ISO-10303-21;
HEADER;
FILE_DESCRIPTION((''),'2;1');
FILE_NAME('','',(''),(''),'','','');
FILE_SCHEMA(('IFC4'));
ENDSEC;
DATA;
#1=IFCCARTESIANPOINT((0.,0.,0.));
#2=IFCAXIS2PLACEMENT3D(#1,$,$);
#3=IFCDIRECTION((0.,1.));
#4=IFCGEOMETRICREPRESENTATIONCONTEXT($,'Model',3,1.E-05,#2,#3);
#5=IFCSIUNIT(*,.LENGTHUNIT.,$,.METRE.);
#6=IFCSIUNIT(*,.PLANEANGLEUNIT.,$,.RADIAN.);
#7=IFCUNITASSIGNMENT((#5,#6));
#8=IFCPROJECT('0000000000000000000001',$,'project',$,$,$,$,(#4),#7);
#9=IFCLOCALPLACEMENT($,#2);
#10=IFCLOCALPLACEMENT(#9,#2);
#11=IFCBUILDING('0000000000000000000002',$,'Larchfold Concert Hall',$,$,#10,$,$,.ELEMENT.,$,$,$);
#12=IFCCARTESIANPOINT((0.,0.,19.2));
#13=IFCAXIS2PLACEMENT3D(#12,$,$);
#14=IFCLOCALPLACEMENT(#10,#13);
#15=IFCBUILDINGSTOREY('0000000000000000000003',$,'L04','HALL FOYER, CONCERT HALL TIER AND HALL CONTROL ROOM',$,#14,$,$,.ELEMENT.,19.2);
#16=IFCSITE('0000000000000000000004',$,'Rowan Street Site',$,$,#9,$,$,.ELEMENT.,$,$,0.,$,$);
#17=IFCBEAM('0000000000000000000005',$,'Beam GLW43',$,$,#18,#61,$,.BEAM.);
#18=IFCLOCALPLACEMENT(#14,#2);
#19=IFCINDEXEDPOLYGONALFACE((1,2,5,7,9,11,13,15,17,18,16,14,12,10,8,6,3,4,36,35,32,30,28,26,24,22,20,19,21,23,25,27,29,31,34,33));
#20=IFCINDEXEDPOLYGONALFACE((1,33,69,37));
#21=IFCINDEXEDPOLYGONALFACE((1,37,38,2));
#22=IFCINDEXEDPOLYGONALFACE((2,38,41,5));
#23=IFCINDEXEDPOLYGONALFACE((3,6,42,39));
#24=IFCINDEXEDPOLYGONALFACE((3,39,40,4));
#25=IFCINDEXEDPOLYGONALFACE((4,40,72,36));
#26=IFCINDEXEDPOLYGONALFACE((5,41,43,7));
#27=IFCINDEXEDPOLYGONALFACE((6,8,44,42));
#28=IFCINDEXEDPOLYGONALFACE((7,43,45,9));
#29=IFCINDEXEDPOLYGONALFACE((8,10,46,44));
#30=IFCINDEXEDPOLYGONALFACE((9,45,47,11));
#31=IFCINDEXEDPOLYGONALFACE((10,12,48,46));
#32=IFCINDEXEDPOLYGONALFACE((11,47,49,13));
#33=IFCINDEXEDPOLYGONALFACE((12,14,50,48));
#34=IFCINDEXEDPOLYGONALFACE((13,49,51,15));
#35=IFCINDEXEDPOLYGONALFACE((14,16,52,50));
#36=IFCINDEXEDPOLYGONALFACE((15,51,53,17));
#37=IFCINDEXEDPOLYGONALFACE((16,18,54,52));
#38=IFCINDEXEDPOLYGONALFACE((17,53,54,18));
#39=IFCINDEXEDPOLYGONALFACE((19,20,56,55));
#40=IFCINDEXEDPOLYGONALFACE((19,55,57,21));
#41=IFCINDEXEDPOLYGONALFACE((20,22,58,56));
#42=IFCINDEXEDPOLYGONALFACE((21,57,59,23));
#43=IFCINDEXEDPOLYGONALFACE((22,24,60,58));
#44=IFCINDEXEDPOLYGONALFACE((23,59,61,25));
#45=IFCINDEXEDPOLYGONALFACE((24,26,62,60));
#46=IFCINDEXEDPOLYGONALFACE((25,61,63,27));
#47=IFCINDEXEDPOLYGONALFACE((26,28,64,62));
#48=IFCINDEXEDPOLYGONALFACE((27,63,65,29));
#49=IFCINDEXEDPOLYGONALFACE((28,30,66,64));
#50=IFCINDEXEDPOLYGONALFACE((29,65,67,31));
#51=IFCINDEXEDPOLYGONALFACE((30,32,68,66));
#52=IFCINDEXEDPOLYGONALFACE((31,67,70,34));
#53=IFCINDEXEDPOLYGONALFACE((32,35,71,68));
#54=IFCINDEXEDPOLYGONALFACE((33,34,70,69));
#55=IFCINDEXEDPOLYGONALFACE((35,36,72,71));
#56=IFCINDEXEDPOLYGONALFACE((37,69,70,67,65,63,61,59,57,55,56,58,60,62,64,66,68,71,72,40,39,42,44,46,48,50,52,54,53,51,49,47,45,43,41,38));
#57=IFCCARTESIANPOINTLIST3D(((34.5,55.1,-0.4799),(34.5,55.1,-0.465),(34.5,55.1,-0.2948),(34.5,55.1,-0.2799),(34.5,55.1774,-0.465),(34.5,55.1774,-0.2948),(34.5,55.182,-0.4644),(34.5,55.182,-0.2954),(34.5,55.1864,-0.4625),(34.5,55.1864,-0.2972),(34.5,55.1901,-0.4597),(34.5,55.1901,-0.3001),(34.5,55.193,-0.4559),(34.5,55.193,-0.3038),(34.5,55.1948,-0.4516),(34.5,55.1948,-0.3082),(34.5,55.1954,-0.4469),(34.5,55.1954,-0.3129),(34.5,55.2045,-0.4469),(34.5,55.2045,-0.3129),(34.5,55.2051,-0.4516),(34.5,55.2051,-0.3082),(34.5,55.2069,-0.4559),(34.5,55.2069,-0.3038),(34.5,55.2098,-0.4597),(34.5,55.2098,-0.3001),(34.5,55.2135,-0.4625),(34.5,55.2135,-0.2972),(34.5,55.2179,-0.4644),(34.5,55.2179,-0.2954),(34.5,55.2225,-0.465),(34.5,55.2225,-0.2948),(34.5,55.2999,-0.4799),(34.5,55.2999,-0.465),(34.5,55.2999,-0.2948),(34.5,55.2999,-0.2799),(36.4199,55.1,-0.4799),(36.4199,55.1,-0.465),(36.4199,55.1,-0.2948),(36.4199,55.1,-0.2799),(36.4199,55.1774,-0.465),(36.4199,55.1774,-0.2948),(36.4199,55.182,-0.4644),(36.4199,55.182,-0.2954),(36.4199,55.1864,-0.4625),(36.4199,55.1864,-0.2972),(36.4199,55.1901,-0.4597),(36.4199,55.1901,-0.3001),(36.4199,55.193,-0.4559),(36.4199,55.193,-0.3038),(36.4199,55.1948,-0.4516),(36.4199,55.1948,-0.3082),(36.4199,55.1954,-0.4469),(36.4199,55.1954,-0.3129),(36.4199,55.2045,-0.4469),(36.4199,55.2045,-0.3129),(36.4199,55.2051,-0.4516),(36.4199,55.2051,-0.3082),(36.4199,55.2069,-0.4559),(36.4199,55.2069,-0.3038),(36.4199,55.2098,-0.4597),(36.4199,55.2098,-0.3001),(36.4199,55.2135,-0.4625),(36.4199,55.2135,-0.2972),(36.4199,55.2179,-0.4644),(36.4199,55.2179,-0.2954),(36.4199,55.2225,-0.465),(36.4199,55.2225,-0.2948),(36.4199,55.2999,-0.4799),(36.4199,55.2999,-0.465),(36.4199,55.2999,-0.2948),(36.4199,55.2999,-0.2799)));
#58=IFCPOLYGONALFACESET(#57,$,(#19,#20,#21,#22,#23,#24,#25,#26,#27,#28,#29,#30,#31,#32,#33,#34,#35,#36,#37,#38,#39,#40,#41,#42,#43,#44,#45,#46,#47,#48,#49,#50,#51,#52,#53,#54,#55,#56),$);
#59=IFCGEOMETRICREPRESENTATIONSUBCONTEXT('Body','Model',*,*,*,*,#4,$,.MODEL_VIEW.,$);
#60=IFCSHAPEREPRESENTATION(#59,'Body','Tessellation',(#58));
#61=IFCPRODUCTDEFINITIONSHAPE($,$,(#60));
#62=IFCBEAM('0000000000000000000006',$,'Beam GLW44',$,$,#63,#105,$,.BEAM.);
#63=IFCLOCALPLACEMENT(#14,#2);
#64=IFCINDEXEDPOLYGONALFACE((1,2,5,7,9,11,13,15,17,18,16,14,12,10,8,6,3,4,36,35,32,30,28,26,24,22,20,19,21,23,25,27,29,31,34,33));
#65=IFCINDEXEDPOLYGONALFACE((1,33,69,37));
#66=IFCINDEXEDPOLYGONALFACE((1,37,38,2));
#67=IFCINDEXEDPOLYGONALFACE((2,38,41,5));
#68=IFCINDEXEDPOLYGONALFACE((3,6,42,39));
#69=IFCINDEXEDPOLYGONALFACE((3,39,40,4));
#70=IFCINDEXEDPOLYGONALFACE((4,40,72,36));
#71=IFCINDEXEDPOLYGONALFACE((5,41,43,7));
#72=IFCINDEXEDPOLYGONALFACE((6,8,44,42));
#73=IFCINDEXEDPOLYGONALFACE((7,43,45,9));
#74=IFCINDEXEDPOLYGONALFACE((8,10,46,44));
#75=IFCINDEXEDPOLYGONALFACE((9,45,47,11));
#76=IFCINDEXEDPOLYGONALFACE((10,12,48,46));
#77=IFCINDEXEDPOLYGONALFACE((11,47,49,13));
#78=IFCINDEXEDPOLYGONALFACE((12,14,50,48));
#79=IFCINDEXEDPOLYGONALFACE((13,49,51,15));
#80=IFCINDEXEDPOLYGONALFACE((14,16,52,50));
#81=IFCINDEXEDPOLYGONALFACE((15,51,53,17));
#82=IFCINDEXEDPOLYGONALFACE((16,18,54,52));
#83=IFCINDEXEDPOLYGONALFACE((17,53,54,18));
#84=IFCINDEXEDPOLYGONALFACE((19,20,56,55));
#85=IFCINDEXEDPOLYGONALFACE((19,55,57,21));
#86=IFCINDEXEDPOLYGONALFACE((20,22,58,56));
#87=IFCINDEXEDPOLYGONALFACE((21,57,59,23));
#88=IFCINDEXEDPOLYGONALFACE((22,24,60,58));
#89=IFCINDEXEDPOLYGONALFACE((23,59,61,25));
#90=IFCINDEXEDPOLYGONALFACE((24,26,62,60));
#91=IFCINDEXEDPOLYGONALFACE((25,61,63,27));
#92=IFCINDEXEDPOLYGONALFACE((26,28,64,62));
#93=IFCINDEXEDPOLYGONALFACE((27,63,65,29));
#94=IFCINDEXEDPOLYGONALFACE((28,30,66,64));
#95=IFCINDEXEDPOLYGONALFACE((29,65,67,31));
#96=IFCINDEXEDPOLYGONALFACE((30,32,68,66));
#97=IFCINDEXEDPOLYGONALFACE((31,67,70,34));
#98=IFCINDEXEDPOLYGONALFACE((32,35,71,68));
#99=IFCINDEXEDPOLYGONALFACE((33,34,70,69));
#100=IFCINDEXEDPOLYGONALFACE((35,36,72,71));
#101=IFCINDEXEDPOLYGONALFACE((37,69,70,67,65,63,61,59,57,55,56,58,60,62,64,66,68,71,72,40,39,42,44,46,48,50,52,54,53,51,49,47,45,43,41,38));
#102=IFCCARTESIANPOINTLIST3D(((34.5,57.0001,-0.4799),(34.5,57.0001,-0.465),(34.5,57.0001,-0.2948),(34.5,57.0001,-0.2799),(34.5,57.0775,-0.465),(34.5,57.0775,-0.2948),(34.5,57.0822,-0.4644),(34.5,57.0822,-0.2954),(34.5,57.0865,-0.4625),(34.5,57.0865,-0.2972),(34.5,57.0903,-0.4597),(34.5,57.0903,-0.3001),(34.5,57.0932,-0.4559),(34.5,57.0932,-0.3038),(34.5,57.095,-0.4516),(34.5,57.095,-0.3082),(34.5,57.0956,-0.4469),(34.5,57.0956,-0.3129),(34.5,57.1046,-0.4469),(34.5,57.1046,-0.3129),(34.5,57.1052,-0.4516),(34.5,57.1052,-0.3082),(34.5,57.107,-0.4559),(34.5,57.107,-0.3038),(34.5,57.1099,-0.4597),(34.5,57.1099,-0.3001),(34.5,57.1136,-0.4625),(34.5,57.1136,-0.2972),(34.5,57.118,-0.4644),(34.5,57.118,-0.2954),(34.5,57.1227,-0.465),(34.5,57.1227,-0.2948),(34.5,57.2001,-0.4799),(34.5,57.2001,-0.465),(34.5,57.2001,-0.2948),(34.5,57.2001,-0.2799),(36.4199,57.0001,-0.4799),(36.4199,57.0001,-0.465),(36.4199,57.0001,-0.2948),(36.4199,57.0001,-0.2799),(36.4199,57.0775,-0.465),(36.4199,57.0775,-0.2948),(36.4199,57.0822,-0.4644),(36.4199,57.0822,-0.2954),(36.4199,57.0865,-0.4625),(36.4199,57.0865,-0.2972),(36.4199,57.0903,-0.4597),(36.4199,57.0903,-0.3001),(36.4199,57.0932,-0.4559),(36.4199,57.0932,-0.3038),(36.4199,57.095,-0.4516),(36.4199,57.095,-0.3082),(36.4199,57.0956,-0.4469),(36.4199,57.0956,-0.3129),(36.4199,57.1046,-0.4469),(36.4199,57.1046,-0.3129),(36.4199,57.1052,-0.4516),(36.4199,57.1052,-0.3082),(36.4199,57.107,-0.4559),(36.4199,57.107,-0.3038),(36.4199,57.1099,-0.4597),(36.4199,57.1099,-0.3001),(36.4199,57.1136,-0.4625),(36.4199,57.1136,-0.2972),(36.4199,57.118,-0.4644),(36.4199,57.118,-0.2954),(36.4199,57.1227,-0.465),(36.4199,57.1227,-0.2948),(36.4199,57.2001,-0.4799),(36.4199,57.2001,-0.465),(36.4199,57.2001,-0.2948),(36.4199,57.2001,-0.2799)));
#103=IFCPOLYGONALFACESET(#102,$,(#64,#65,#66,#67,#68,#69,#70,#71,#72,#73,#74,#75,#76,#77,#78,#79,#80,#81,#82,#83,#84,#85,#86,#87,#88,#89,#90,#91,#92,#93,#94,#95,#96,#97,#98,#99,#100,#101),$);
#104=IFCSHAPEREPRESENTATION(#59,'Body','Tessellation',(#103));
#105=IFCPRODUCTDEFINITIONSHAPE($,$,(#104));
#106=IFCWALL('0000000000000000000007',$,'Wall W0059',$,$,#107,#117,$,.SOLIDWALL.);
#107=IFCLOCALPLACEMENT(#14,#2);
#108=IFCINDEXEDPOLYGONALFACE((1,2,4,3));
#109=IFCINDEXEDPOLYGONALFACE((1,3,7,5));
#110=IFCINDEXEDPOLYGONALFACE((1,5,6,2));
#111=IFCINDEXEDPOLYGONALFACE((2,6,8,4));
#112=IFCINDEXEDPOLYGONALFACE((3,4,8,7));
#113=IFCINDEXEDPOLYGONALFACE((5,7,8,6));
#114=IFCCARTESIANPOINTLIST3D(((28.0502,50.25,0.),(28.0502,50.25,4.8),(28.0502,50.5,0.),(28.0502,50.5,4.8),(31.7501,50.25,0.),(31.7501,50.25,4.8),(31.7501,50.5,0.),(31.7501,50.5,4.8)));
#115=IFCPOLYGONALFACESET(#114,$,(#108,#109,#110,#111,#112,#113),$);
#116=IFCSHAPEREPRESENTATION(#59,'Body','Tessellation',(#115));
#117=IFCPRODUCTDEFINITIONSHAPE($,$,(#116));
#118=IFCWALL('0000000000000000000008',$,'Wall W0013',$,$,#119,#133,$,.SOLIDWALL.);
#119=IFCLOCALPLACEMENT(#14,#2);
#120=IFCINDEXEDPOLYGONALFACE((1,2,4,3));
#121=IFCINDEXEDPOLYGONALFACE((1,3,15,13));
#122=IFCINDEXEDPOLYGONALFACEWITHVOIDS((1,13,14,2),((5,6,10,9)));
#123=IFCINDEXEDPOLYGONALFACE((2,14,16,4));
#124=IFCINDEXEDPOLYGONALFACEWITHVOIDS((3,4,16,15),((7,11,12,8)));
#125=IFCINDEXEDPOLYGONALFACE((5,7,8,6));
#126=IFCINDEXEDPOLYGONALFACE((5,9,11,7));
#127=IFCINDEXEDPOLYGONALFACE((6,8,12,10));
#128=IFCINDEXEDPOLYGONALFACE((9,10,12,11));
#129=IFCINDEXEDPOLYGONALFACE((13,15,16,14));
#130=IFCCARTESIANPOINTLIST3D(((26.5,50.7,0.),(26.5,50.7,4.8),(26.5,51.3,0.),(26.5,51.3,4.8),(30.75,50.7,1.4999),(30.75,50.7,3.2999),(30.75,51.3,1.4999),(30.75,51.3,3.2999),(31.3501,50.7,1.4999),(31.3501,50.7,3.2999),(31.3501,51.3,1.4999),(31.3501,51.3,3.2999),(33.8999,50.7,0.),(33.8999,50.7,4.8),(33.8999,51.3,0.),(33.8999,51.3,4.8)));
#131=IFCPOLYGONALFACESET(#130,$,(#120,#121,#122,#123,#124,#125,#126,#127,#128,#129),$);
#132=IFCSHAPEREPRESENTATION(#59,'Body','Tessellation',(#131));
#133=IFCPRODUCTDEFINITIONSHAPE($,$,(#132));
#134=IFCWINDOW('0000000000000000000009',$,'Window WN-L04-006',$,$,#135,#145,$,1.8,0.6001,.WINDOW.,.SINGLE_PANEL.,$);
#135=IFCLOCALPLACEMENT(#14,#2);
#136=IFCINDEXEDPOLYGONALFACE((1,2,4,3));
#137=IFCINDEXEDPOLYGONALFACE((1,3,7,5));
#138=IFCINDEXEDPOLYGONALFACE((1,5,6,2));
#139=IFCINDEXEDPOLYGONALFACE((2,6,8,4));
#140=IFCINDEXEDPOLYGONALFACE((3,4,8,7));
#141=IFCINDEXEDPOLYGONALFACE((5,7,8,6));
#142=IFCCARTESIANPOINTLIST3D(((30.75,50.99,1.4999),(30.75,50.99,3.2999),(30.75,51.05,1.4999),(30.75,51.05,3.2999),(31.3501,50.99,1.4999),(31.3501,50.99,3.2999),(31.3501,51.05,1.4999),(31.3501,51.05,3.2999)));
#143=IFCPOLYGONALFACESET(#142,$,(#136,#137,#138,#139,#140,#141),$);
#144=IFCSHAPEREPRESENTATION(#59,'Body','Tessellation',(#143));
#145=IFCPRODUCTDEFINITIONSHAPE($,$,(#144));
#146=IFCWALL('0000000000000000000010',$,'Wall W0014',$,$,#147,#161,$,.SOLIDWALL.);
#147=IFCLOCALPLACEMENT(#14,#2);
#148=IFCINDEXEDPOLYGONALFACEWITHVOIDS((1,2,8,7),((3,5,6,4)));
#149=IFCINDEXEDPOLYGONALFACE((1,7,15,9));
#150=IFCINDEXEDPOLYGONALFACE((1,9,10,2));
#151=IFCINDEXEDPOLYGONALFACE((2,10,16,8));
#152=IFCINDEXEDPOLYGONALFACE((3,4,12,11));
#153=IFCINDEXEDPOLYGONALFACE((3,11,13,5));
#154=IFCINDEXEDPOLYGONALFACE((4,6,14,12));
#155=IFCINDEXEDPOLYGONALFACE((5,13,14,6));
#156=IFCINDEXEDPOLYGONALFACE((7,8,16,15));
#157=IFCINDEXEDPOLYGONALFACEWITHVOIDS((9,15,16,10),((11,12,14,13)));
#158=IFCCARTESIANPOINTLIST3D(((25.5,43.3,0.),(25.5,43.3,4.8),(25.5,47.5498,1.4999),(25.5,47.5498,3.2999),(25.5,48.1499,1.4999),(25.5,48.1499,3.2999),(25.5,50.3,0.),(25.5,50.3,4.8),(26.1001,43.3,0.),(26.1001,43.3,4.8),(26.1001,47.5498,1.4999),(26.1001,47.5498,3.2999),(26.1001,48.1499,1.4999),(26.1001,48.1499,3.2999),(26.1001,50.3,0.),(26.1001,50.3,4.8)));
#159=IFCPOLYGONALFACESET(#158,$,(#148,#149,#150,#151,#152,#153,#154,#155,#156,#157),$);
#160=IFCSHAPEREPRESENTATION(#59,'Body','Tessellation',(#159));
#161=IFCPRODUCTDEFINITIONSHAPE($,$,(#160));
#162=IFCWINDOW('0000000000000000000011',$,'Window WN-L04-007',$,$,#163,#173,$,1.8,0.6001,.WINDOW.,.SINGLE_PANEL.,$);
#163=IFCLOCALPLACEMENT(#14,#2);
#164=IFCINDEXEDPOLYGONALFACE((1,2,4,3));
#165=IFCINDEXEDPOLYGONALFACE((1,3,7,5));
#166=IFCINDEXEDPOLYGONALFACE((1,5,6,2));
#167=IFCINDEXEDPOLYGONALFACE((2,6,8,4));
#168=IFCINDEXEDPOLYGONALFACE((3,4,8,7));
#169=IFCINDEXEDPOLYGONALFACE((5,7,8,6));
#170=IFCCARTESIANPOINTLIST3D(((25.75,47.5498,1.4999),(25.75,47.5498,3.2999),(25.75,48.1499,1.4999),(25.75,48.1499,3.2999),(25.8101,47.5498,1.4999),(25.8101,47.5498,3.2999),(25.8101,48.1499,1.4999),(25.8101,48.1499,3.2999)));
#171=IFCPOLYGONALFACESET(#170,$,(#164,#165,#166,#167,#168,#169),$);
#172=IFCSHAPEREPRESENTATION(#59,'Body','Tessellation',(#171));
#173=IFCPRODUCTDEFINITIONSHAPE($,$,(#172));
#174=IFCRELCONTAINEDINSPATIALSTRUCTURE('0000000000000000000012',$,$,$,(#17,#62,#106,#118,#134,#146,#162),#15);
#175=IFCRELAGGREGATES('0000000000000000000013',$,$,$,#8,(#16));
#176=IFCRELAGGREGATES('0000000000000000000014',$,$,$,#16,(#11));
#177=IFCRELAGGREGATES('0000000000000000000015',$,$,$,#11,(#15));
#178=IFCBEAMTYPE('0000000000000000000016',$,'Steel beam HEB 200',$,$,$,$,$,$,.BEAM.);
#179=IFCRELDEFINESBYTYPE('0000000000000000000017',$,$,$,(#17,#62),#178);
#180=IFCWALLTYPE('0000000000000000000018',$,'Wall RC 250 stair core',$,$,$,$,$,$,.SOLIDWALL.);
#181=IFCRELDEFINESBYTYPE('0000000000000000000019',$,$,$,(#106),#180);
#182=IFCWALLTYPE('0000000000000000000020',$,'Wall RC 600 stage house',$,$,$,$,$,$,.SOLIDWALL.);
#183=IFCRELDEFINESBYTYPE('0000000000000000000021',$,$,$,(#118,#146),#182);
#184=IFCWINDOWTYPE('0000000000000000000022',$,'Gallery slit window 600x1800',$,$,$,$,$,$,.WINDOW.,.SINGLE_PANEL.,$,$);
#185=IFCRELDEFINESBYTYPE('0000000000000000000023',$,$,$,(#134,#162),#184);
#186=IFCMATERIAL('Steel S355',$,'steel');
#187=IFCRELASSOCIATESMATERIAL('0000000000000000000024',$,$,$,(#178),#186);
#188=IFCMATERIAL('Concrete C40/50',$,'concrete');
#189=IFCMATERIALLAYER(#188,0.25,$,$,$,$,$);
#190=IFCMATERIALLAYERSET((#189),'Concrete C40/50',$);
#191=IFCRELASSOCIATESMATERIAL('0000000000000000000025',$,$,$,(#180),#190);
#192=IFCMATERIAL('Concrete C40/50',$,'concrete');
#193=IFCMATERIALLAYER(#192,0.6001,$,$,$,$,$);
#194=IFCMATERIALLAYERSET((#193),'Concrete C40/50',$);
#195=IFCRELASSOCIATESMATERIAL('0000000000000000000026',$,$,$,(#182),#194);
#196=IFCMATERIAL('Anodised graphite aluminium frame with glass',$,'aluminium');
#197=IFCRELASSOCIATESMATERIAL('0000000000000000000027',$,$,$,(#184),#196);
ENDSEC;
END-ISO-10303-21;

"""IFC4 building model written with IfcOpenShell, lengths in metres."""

from ifc_helpers import new_model, si_unit, direction, frame, frame_2d, origin, origin_2d, place, context, subcontext, project, spatial, rectangle, i_section, extrude, material, layer, layer_set, material_profile, profile_set, type_object, element, fill, save


model = new_model("IFC4")

# Units and contexts
model_context = context("Model", 3, precision=1e-05, world=origin(), true_north=direction((0.0, 1.0)))
body_context = subcontext(model_context, "Body", "Model", "MODEL_VIEW")
ifc_project = project(units=[si_unit("LENGTHUNIT", "METRE"), si_unit("PLANEANGLEUNIT", "RADIAN")], contexts=[model_context])

# Site, building, storey
site_placement = place(None, origin())
site = spatial("IfcSite", under=ifc_project, at=site_placement, Name="Rowan Street Site", CompositionType="ELEMENT", RefElevation=0.0)
building_placement = place(site_placement, origin())
building = spatial("IfcBuilding", under=site, at=building_placement, Name="Larchfold Concert Hall", CompositionType="ELEMENT")
storey_placement = place(building_placement, frame((0.0, 0.0, 19.2)))
storey = spatial("IfcBuildingStorey", under=building, at=storey_placement, Name="L04", Description="HALL FOYER, CONCERT HALL TIER AND HALL CONTROL ROOM", CompositionType="ELEMENT", Elevation=19.2)

# Beams
ifc_material_1 = material(Name="Steel S355", Category="steel")
ifc_material_profile_1 = material_profile(ifc_material_1, i_section(OverallWidth=0.2, OverallDepth=0.2, WebThickness=0.009, FlangeThickness=0.0149, FilletRadius=0.0181, at=origin_2d()))
ifc_profile_set_1 = profile_set([ifc_material_profile_1], Name="Steel S355")
beam_type_1 = type_object("IfcBeamType", Name="Steel beam HEB 200", PredefinedType="BEAM", material=ifc_profile_set_1)
for number, where, z_axis, x_axis, name in (
    (1, (34.5, 55.2, -0.3799), (1.0, 0.0, 0.0), (0.0, 1.0, 0.0), "Beam GLW43"),
    (2, (34.5, 57.1001, -0.3799), (1.0, 0.0, 0.0), (0.0, 1.0, 0.0), "Beam GLW44"),
):
    element("IfcBeam", number, at=place(storey_placement, frame(where, z_axis=z_axis, x_axis=x_axis)), inside=storey, type_object=beam_type_1, Name=name, PredefinedType="BEAM", context=body_context, shape_type="SweptSolid", body=[
        extrude(i_section(OverallWidth=0.2, OverallDepth=0.2, WebThickness=0.009, FlangeThickness=0.0149, FilletRadius=0.0181, at=origin_2d()), origin(), (0.0, 0.0, 1.0), 1.9199),
    ])

# Wall
ifc_material_2 = material(Name="Concrete C40/50", Category="concrete")
ifc_layer_1 = layer(ifc_material_2, 0.25)
ifc_layer_set_1 = layer_set([ifc_layer_1], Name="Concrete C40/50")
wall_type_1 = type_object("IfcWallType", Name="Wall RC 250 stair core", PredefinedType="SOLIDWALL", material=ifc_layer_set_1)
wall_1_placement = place(storey_placement, frame((28.05, 50.375, 0.0), z_axis=(0.0, 0.0, 1.0), x_axis=(1.0, 0.0, 0.0)))
element("IfcWall", 3, at=wall_1_placement, inside=storey, type_object=wall_type_1, Name="Wall W0059", PredefinedType="SOLIDWALL", context=body_context, shape_type="SweptSolid", body=[
    extrude(rectangle(XDim=3.7, YDim=0.25, at=frame_2d((1.8501, 0.0))), origin(), (0.0, 0.0, 1.0), 4.8),
])

# Walls, openings, windows
ifc_material_3 = material(Name="Concrete C40/50", Category="concrete")
ifc_layer_2 = layer(ifc_material_3, 0.6001)
ifc_layer_set_2 = layer_set([ifc_layer_2], Name="Concrete C40/50")
wall_type_2 = type_object("IfcWallType", Name="Wall RC 600 stage house", PredefinedType="SOLIDWALL", material=ifc_layer_set_2)
wall_2_placement = place(storey_placement, frame((33.8999, 51.0, 0.0), z_axis=(0.0, 0.0, 1.0), x_axis=(-1.0, 0.0, 0.0)))
wall_2 = element("IfcWall", 4, at=wall_2_placement, inside=storey, type_object=wall_type_2, Name="Wall W0013", PredefinedType="SOLIDWALL", context=body_context, shape_type="SweptSolid", body=[
    extrude(rectangle(XDim=7.3999, YDim=0.6001, at=frame_2d((3.7, 0.0))), origin(), (0.0, 0.0, 1.0), 4.8),
])
opening_1_placement = place(wall_2_placement, frame((2.5498, 0.0, 1.5)))
opening_1 = element("IfcOpeningElement", 5, at=opening_1_placement, cuts=wall_2, PredefinedType="OPENING", context=body_context, shape_type="SweptSolid", body=[
    extrude(rectangle(XDim=0.6001, YDim=1.8, at=frame_2d((0.3, 0.8999))), frame((0.0, 0.3101, 0.0), z_axis=(0.0, -1.0, 0.0), x_axis=(1.0, 0.0, 0.0)), (0.0, 0.0, 1.0), 0.6201),
])
ifc_material_4 = material(Name="Anodised graphite aluminium frame with glass", Category="aluminium")
window_type = type_object("IfcWindowType", Name="Gallery slit window 600x1800", PartitioningType="SINGLE_PANEL", PredefinedType="WINDOW", material=ifc_material_4)
window_1_placement = place(opening_1_placement, origin())
window_1 = element("IfcWindow", 6, at=window_1_placement, inside=storey, type_object=window_type, Name="Window WN-L04-006", OverallHeight=1.8, OverallWidth=0.6001, PartitioningType="SINGLE_PANEL", PredefinedType="WINDOW", context=body_context, shape_type="SweptSolid", body=[
    extrude(rectangle(XDim=0.6001, YDim=1.8, at=frame_2d((0.3, 0.8999))), frame((0.0, 0.01, 0.0), z_axis=(0.0, -1.0, 0.0), x_axis=(1.0, 0.0, 0.0)), (0.0, 0.0, 1.0), 0.0601),
])
fill(opening_1, window_1)
wall_3_placement = place(storey_placement, frame((25.8, 50.3, 0.0), z_axis=(0.0, 0.0, 1.0), x_axis=(0.0, -1.0, 0.0)))
wall_3 = element("IfcWall", 7, at=wall_3_placement, inside=storey, type_object=wall_type_2, Name="Wall W0014", PredefinedType="SOLIDWALL", context=body_context, shape_type="SweptSolid", body=[
    extrude(rectangle(XDim=7.0, YDim=0.6001, at=frame_2d((3.5, 0.0))), origin(), (0.0, 0.0, 1.0), 4.8),
])
opening_2_placement = place(wall_3_placement, frame((2.1501, 0.0, 1.5)))
opening_2 = element("IfcOpeningElement", 8, at=opening_2_placement, cuts=wall_3, PredefinedType="OPENING", context=body_context, shape_type="SweptSolid", body=[
    extrude(rectangle(XDim=0.6001, YDim=1.8, at=frame_2d((0.3, 0.8999))), frame((0.0, 0.3101, 0.0), z_axis=(0.0, -1.0, 0.0), x_axis=(1.0, 0.0, 0.0)), (0.0, 0.0, 1.0), 0.6201),
])
window_2_placement = place(opening_2_placement, origin())
window_2 = element("IfcWindow", 9, at=window_2_placement, inside=storey, type_object=window_type, Name="Window WN-L04-007", OverallHeight=1.8, OverallWidth=0.6001, PartitioningType="SINGLE_PANEL", PredefinedType="WINDOW", context=body_context, shape_type="SweptSolid", body=[
    extrude(rectangle(XDim=0.6001, YDim=1.8, at=frame_2d((0.3, 0.8999))), frame((0.0, 0.01, 0.0), z_axis=(0.0, -1.0, 0.0), x_axis=(1.0, 0.0, 0.0)), (0.0, 0.0, 1.0), 0.0601),
])
fill(opening_2, window_2)

save(model, "model.ifc")
